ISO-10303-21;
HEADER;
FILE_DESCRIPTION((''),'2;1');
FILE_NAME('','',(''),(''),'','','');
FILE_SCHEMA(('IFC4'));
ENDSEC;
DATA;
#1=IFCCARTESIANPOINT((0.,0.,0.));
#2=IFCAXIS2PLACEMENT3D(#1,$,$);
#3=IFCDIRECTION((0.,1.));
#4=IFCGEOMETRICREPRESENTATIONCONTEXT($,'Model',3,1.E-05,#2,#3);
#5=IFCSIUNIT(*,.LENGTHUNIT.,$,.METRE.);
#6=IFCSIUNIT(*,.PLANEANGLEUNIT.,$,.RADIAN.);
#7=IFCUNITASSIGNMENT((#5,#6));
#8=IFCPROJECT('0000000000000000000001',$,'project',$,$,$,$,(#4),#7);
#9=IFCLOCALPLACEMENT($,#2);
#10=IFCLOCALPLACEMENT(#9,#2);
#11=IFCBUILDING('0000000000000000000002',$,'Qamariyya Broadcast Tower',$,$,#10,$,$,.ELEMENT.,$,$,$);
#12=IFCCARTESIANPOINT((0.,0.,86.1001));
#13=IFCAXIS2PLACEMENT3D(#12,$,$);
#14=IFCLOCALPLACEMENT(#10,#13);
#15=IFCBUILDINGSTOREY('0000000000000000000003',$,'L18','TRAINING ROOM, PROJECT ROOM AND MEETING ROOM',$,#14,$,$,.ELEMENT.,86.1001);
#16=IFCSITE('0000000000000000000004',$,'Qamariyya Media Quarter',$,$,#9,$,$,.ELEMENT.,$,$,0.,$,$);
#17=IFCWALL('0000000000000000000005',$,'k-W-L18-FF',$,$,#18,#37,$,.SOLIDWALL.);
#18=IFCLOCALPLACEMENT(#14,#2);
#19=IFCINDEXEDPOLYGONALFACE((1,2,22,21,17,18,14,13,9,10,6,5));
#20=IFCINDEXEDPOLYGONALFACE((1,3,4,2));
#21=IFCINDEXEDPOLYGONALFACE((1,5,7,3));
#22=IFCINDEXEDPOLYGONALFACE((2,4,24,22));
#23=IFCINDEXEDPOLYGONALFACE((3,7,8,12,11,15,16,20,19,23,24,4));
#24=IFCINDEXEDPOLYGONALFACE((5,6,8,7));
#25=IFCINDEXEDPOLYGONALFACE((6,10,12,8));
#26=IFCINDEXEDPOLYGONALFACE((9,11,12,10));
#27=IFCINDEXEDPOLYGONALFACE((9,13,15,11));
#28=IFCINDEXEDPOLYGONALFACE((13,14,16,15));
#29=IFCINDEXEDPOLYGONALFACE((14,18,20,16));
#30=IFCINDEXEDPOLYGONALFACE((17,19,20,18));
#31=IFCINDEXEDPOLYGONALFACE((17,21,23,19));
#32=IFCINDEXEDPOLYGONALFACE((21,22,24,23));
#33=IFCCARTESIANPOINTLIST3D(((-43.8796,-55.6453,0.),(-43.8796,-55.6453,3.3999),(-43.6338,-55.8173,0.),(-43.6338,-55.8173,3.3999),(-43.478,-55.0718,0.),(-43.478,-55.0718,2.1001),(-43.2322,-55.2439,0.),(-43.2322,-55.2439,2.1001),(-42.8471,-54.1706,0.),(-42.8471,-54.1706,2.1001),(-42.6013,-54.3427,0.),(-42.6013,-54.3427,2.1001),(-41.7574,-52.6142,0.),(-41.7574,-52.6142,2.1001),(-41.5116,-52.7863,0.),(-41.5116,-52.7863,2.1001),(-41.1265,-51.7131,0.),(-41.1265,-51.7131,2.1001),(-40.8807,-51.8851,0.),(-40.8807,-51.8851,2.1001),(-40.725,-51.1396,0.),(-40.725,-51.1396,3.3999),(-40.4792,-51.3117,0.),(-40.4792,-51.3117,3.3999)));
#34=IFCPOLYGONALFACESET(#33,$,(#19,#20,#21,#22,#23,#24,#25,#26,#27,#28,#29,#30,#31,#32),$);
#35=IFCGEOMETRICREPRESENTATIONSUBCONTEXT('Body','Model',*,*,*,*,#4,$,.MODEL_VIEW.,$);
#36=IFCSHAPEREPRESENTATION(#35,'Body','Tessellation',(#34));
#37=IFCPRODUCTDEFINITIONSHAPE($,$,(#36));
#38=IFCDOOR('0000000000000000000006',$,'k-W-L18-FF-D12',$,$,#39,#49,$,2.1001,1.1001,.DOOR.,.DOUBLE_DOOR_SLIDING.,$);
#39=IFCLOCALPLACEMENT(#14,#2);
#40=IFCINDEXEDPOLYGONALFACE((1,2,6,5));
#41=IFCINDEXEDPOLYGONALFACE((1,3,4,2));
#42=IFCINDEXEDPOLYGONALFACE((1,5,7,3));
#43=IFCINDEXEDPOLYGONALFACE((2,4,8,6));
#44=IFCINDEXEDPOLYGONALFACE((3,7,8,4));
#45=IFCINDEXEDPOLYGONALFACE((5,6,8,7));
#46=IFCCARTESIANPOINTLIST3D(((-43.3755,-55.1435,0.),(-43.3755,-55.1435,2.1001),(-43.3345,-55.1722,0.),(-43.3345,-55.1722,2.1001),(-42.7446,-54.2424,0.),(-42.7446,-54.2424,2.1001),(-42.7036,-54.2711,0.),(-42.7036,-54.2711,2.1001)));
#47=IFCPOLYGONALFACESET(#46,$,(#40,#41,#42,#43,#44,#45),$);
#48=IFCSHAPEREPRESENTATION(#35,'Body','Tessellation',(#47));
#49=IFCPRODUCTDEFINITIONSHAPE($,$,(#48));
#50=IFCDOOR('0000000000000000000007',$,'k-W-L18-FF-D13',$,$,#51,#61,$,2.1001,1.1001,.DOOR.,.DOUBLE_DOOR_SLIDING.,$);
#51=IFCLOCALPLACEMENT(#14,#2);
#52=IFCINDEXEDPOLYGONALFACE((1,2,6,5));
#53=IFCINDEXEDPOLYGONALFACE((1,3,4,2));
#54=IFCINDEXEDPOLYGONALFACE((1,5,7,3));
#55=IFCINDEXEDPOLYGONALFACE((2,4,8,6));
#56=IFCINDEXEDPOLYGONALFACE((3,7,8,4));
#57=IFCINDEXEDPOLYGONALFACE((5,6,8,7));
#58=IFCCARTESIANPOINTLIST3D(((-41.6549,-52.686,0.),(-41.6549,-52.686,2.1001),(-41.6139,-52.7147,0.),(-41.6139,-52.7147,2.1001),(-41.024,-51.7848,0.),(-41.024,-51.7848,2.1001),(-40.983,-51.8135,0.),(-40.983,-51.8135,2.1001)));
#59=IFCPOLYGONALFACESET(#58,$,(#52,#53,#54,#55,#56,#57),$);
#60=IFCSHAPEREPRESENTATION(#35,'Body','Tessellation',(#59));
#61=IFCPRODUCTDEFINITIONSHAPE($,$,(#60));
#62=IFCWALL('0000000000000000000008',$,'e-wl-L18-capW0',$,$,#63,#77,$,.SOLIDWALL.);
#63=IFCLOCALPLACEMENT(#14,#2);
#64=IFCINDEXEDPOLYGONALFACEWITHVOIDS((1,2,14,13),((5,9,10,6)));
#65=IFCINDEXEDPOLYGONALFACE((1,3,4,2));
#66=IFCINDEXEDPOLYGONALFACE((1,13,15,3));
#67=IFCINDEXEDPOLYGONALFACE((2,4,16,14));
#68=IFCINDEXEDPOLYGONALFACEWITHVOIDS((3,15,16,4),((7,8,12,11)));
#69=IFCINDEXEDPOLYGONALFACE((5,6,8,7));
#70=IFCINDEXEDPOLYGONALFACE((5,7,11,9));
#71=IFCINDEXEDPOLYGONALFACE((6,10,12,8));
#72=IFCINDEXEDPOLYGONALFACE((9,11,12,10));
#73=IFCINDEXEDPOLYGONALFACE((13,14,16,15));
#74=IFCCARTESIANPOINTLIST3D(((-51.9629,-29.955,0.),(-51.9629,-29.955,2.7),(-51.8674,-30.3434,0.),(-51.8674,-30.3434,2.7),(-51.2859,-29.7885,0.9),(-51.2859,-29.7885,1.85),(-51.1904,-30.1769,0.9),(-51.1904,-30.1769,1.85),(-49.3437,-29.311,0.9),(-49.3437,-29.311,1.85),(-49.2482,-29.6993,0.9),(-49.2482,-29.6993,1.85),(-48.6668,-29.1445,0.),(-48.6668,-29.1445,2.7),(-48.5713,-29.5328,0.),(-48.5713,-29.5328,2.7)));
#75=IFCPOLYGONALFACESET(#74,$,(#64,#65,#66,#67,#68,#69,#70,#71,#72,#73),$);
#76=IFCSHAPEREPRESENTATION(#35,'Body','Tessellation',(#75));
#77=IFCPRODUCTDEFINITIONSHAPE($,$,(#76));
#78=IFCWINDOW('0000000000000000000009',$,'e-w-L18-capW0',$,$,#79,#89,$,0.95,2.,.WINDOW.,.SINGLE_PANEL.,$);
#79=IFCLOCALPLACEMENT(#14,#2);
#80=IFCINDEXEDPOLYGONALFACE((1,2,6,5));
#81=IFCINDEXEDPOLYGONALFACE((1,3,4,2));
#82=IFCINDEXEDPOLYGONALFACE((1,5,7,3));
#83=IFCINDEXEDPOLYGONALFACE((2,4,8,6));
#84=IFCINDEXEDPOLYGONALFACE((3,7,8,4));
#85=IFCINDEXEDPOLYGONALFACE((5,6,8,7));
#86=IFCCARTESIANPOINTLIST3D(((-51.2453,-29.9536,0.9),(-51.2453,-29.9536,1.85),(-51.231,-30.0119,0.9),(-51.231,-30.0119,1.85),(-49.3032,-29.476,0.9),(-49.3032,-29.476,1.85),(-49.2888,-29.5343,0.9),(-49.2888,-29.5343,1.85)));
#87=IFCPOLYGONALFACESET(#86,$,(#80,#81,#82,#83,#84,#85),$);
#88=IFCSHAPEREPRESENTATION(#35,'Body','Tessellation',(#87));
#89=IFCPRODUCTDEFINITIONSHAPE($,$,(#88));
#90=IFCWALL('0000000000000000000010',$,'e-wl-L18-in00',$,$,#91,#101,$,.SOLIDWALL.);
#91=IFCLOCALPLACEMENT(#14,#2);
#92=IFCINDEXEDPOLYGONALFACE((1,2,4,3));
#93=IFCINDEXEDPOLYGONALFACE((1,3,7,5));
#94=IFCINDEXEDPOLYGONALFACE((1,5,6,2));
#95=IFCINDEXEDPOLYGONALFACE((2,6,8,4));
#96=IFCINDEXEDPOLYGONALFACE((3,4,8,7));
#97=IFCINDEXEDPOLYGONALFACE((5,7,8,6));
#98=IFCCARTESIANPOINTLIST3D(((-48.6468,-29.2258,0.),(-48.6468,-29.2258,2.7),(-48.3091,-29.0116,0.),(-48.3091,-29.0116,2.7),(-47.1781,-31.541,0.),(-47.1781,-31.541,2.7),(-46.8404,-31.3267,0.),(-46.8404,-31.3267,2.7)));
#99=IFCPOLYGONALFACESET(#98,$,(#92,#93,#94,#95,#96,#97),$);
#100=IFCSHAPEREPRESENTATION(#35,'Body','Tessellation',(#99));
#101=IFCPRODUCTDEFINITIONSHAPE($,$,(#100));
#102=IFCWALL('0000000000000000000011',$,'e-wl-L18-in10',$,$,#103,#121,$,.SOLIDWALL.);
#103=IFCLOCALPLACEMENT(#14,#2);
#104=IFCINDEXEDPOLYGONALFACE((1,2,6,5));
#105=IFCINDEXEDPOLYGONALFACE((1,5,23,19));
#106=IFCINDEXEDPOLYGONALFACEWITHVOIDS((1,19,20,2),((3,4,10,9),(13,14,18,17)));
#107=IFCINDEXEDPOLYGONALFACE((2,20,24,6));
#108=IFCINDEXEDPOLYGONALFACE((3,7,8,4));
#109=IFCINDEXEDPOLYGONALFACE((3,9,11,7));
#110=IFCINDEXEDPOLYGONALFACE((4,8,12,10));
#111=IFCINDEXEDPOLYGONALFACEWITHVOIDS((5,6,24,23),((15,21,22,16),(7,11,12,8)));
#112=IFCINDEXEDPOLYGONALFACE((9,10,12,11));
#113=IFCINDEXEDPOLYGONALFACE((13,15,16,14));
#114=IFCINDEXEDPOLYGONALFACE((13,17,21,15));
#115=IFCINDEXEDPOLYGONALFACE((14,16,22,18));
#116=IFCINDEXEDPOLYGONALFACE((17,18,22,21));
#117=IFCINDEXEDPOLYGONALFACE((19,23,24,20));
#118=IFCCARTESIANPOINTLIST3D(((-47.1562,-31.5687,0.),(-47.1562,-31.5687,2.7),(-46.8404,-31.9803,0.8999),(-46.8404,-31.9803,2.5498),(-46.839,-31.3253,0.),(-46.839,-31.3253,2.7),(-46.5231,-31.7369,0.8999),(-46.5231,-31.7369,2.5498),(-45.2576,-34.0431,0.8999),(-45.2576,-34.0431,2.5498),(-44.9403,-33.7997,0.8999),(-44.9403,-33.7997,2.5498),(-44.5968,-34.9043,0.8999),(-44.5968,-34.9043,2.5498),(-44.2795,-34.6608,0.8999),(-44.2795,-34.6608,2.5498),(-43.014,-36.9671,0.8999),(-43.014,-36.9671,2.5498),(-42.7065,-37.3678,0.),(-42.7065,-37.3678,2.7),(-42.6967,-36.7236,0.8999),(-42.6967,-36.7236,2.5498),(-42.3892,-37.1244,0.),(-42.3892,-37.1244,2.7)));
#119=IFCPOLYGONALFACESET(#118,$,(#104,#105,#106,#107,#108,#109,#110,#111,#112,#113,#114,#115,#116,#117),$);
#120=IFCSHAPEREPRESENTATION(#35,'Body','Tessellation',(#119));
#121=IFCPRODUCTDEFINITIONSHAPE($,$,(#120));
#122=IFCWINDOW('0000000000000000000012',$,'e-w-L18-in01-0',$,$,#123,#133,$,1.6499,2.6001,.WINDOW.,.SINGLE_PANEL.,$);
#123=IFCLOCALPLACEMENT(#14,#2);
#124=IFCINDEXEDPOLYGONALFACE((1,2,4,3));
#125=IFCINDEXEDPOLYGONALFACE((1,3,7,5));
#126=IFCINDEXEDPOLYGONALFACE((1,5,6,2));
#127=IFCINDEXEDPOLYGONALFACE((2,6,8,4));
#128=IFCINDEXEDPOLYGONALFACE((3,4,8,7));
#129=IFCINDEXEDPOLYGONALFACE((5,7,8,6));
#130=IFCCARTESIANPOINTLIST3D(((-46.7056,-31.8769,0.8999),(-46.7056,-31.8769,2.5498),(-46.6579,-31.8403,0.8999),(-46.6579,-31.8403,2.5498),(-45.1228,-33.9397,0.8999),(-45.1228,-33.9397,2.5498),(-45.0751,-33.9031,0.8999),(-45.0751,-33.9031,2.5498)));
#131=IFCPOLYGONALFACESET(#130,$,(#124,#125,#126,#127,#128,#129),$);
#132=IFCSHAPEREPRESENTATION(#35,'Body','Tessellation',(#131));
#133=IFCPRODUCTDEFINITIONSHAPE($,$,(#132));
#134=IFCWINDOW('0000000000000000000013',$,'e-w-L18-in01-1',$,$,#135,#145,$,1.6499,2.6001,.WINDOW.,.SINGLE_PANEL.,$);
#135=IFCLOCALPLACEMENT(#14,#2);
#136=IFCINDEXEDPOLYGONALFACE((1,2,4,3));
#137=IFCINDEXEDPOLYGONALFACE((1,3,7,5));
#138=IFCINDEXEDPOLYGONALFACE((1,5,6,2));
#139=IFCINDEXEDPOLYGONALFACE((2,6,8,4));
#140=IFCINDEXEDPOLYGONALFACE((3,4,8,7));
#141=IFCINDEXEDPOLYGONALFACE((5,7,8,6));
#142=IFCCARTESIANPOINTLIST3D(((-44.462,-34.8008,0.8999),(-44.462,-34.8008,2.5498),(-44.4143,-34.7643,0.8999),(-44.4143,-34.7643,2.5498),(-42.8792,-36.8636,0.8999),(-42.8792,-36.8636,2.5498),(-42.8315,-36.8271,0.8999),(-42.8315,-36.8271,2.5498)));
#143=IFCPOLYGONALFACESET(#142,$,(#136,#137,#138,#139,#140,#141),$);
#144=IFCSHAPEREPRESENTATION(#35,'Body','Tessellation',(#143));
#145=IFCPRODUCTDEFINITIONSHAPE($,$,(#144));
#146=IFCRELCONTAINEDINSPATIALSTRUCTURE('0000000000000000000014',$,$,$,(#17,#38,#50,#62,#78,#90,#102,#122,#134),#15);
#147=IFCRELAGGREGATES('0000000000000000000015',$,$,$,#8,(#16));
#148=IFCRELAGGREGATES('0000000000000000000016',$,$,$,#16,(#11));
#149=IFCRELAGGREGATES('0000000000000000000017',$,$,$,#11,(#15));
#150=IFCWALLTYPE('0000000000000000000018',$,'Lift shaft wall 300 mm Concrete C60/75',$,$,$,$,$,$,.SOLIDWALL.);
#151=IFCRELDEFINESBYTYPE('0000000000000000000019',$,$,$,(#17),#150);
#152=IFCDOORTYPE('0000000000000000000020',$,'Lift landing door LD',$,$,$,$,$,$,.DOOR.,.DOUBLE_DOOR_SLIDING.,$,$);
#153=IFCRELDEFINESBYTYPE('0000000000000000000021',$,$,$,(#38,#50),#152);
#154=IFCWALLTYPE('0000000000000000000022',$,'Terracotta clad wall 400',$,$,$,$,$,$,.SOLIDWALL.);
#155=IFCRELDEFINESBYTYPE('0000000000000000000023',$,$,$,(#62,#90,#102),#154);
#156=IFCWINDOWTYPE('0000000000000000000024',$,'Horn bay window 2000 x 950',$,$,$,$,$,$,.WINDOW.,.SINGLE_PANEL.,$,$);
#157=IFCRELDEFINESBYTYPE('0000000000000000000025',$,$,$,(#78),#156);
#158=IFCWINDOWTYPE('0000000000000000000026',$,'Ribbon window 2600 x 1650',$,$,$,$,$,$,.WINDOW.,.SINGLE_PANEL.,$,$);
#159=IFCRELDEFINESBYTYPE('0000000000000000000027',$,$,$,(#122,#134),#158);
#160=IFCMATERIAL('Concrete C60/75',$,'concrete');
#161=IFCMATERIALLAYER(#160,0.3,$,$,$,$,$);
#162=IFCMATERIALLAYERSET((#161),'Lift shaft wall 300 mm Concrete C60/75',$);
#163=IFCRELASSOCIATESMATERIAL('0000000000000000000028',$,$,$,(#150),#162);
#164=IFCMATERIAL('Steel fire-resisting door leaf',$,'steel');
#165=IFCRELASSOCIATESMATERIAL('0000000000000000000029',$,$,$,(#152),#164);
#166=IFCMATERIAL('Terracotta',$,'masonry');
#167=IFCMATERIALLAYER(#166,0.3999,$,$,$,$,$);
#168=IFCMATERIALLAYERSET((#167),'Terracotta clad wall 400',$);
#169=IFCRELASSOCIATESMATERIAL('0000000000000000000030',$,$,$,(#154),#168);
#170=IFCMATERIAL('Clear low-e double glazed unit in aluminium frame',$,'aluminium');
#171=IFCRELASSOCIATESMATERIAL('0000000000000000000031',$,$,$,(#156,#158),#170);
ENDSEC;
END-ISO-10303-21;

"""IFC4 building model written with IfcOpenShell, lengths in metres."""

from ifc_helpers import new_model, si_unit, direction, frame, frame_2d, origin, place, context, subcontext, project, spatial, rectangle, extrude, material, layer, layer_set, type_object, element, fill, save


model = new_model("IFC4")

# Units and contexts
model_context = context("Model", 3, precision=1e-05, world=origin(), true_north=direction((0.0, 1.0)))
body_context = subcontext(model_context, "Body", "Model", "MODEL_VIEW")
ifc_project = project(units=[si_unit("LENGTHUNIT", "METRE"), si_unit("PLANEANGLEUNIT", "RADIAN")], contexts=[model_context])

# Site, building, storey
site_placement = place(None, origin())
site = spatial("IfcSite", under=ifc_project, at=site_placement, Name="Qamariyya Media Quarter", CompositionType="ELEMENT", RefElevation=0.0)
building_placement = place(site_placement, origin())
building = spatial("IfcBuilding", under=site, at=building_placement, Name="Qamariyya Broadcast Tower", CompositionType="ELEMENT")
storey_placement = place(building_placement, frame((0.0, 0.0, 86.1001)))
storey = spatial("IfcBuildingStorey", under=building, at=storey_placement, Name="L18", Description="TRAINING ROOM, PROJECT ROOM AND MEETING ROOM", CompositionType="ELEMENT", Elevation=86.1001)

# Shared definitions
ifc_material_1 = material(Name="Concrete C60/75", Category="concrete")

# Shared definitions
ifc_layer_1 = layer(ifc_material_1, 0.3)
ifc_layer_set_1 = layer_set([ifc_layer_1], Name="Lift shaft wall 300 mm Concrete C60/75")
wall_type_1 = type_object("IfcWallType", Name="Lift shaft wall 300 mm Concrete C60/75", PredefinedType="SOLIDWALL", material=ifc_layer_set_1)
ifc_material_2 = material(Name="Steel fire-resisting door leaf", Category="steel")

# Wall, openings, doors
wall_1_placement = place(storey_placement, frame((-43.7566, -55.7312, 0.0), z_axis=(0.0, 0.0, 1.0), x_axis=(0.573537, 0.81918, 0.0)))
wall_1 = element("IfcWall", 1, at=wall_1_placement, inside=storey, type_object=wall_type_1, Name="k-W-L18-FF", PredefinedType="SOLIDWALL", context=body_context, shape_type="SweptSolid", body=[
    extrude(rectangle(XDim=5.5002, YDim=0.3, at=frame_2d((2.75, 0.0))), origin(), (0.0, 0.0, 1.0), 3.3999),
])
opening_1_placement = place(wall_1_placement, frame((0.7, 0.0, 0.0)))
opening_1 = element("IfcOpeningElement", 2, at=opening_1_placement, cuts=wall_1, PredefinedType="OPENING", context=body_context, shape_type="SweptSolid", body=[
    extrude(rectangle(XDim=1.1001, YDim=2.1001, at=frame_2d((0.55, 1.05))), frame((0.0, 0.1599, 0.0), z_axis=(0.0, -1.0, 0.0), x_axis=(1.0, 0.0, 0.0)), (0.0, 0.0, 1.0), 0.3201),
])
opening_2_placement = place(wall_1_placement, frame((3.7, 0.0, 0.0)))
opening_2 = element("IfcOpeningElement", 3, at=opening_2_placement, cuts=wall_1, PredefinedType="OPENING", context=body_context, shape_type="SweptSolid", body=[
    extrude(rectangle(XDim=1.1001, YDim=2.1001, at=frame_2d((0.55, 1.05))), frame((0.0, 0.1599, 0.0), z_axis=(0.0, -1.0, 0.0), x_axis=(1.0, 0.0, 0.0)), (0.0, 0.0, 1.0), 0.3201),
])
door_type_1 = type_object("IfcDoorType", Name="Lift landing door LD", OperationType="DOUBLE_DOOR_SLIDING", PredefinedType="DOOR", material=ifc_material_2)
door_1_placement = place(opening_1_placement, origin())
door_1 = element("IfcDoor", 4, at=door_1_placement, inside=storey, type_object=door_type_1, Name="k-W-L18-FF-D12", OperationType="DOUBLE_DOOR_SLIDING", OverallHeight=2.1001, OverallWidth=1.1001, PredefinedType="DOOR", context=body_context, shape_type="SweptSolid", body=[
    extrude(rectangle(XDim=1.1001, YDim=2.1001, at=frame_2d((0.55, 1.05))), frame((0.0, 0.0249, 0.0), z_axis=(0.0, -1.0, 0.0), x_axis=(1.0, 0.0, 0.0)), (0.0, 0.0, 1.0), 0.05),
])
fill(opening_1, door_1)
door_2_placement = place(opening_2_placement, origin())
door_2 = element("IfcDoor", 5, at=door_2_placement, inside=storey, type_object=door_type_1, Name="k-W-L18-FF-D13", OperationType="DOUBLE_DOOR_SLIDING", OverallHeight=2.1001, OverallWidth=1.1001, PredefinedType="DOOR", context=body_context, shape_type="SweptSolid", body=[
    extrude(rectangle(XDim=1.1001, YDim=2.1001, at=frame_2d((0.55, 1.05))), frame((0.0, 0.0249, 0.0), z_axis=(0.0, -1.0, 0.0), x_axis=(1.0, 0.0, 0.0)), (0.0, 0.0, 1.0), 0.05),
])
fill(opening_2, door_2)

# Wall, opening, window
ifc_material_3 = material(Name="Terracotta", Category="masonry")
ifc_layer_2 = layer(ifc_material_3, 0.3999)
ifc_layer_set_2 = layer_set([ifc_layer_2], Name="Terracotta clad wall 400")
wall_type_2 = type_object("IfcWallType", Name="Terracotta clad wall 400", PredefinedType="SOLIDWALL", material=ifc_layer_set_2)
wall_2_placement = place(storey_placement, frame((-48.6189, -29.3386, 0.0), z_axis=(0.0, 0.0, 1.0), x_axis=(-0.97107, -0.238794, 0.0)))
wall_2 = element("IfcWall", 6, at=wall_2_placement, inside=storey, type_object=wall_type_2, Name="e-wl-L18-capW0", PredefinedType="SOLIDWALL", context=body_context, shape_type="SweptSolid", body=[
    extrude(rectangle(XDim=3.3943, YDim=0.3999, at=frame_2d((1.6973, 0.0))), origin(), (0.0, 0.0, 1.0), 2.7),
])
opening_3_placement = place(wall_2_placement, frame((0.6973, 0.0, 0.8999)))
opening_3 = element("IfcOpeningElement", 7, at=opening_3_placement, cuts=wall_2, PredefinedType="OPENING", context=body_context, shape_type="SweptSolid", body=[
    extrude(rectangle(XDim=2.0, YDim=0.95, at=frame_2d((1.0, 0.4751))), frame((0.0, 0.21, 0.0), z_axis=(0.0, -1.0, 0.0), x_axis=(1.0, 0.0, 0.0)), (0.0, 0.0, 1.0), 0.4199),
])
ifc_material_4 = material(Name="Clear low-e double glazed unit in aluminium frame", Category="aluminium")
window_type_1 = type_object("IfcWindowType", Name="Horn bay window 2000 x 950", PartitioningType="SINGLE_PANEL", PredefinedType="WINDOW", material=ifc_material_4)
window_1_placement = place(opening_3_placement, origin())
window_1 = element("IfcWindow", 8, at=window_1_placement, inside=storey, type_object=window_type_1, Name="e-w-L18-capW0", OverallHeight=0.95, OverallWidth=2.0, PartitioningType="SINGLE_PANEL", PredefinedType="WINDOW", context=body_context, shape_type="SweptSolid", body=[
    extrude(rectangle(XDim=2.0, YDim=0.95, at=frame_2d((1.0, 0.4751))), frame((0.0, 0.03, 0.0), z_axis=(0.0, -1.0, 0.0), x_axis=(1.0, 0.0, 0.0)), (0.0, 0.0, 1.0), 0.0601),
])
fill(opening_3, window_1)

# Wall
wall_3_placement = place(storey_placement, frame((-47.0093, -31.4338, 0.0), z_axis=(0.0, 0.0, 1.0), x_axis=(-0.535694, 0.844412, 0.0)))
element("IfcWall", 9, at=wall_3_placement, inside=storey, type_object=wall_type_2, Name="e-wl-L18-in00", PredefinedType="SOLIDWALL", context=body_context, shape_type="SweptSolid", body=[
    extrude(rectangle(XDim=2.7417, YDim=0.3999, at=frame_2d((1.3708, 0.0))), origin(), (0.0, 0.0, 1.0), 2.7),
])

# Wall, openings, windows
wall_4_placement = place(storey_placement, frame((-42.5479, -37.2461, 0.0), z_axis=(0.0, 0.0, 1.0), x_axis=(-0.608755, 0.793358, 0.0)))
wall_4 = element("IfcWall", 10, at=wall_4_placement, inside=storey, type_object=wall_type_2, Name="e-wl-L18-in10", PredefinedType="SOLIDWALL", context=body_context, shape_type="SweptSolid", body=[
    extrude(rectangle(XDim=7.3096, YDim=0.3999, at=frame_2d((3.6548, 0.0))), origin(), (0.0, 0.0, 1.0), 2.7),
])
opening_4_placement = place(wall_4_placement, frame((4.1907, 0.0, 0.8999)))
opening_4 = element("IfcOpeningElement", 11, at=opening_4_placement, cuts=wall_4, PredefinedType="OPENING", context=body_context, shape_type="SweptSolid", body=[
    extrude(rectangle(XDim=2.6001, YDim=1.6499, at=frame_2d((1.3, 0.825))), frame((0.0, 0.21, 0.0), z_axis=(0.0, -1.0, 0.0), x_axis=(1.0, 0.0, 0.0)), (0.0, 0.0, 1.0), 0.4199),
])
opening_5_placement = place(wall_4_placement, frame((0.5051, 0.0, 0.8999)))
opening_5 = element("IfcOpeningElement", 12, at=opening_5_placement, cuts=wall_4, PredefinedType="OPENING", context=body_context, shape_type="SweptSolid", body=[
    extrude(rectangle(XDim=2.6001, YDim=1.6499, at=frame_2d((1.3, 0.825))), frame((0.0, 0.21, 0.0), z_axis=(0.0, -1.0, 0.0), x_axis=(1.0, 0.0, 0.0)), (0.0, 0.0, 1.0), 0.4199),
])
window_type_2 = type_object("IfcWindowType", Name="Ribbon window 2600 x 1650", PartitioningType="SINGLE_PANEL", PredefinedType="WINDOW", material=ifc_material_4)
window_2_placement = place(opening_4_placement, origin())
window_2 = element("IfcWindow", 13, at=window_2_placement, inside=storey, type_object=window_type_2, Name="e-w-L18-in01-0", OverallHeight=1.6499, OverallWidth=2.6001, PartitioningType="SINGLE_PANEL", PredefinedType="WINDOW", context=body_context, shape_type="SweptSolid", body=[
    extrude(rectangle(XDim=2.6001, YDim=1.6499, at=frame_2d((1.3, 0.825))), frame((0.0, 0.03, 0.0), z_axis=(0.0, -1.0, 0.0), x_axis=(1.0, 0.0, 0.0)), (0.0, 0.0, 1.0), 0.0601),
])
fill(opening_4, window_2)
window_3_placement = place(opening_5_placement, origin())
window_3 = element("IfcWindow", 14, at=window_3_placement, inside=storey, type_object=window_type_2, Name="e-w-L18-in01-1", OverallHeight=1.6499, OverallWidth=2.6001, PartitioningType="SINGLE_PANEL", PredefinedType="WINDOW", context=body_context, shape_type="SweptSolid", body=[
    extrude(rectangle(XDim=2.6001, YDim=1.6499, at=frame_2d((1.3, 0.825))), frame((0.0, 0.03, 0.0), z_axis=(0.0, -1.0, 0.0), x_axis=(1.0, 0.0, 0.0)), (0.0, 0.0, 1.0), 0.0601),
])
fill(opening_5, window_3)

save(model, "model.ifc")
